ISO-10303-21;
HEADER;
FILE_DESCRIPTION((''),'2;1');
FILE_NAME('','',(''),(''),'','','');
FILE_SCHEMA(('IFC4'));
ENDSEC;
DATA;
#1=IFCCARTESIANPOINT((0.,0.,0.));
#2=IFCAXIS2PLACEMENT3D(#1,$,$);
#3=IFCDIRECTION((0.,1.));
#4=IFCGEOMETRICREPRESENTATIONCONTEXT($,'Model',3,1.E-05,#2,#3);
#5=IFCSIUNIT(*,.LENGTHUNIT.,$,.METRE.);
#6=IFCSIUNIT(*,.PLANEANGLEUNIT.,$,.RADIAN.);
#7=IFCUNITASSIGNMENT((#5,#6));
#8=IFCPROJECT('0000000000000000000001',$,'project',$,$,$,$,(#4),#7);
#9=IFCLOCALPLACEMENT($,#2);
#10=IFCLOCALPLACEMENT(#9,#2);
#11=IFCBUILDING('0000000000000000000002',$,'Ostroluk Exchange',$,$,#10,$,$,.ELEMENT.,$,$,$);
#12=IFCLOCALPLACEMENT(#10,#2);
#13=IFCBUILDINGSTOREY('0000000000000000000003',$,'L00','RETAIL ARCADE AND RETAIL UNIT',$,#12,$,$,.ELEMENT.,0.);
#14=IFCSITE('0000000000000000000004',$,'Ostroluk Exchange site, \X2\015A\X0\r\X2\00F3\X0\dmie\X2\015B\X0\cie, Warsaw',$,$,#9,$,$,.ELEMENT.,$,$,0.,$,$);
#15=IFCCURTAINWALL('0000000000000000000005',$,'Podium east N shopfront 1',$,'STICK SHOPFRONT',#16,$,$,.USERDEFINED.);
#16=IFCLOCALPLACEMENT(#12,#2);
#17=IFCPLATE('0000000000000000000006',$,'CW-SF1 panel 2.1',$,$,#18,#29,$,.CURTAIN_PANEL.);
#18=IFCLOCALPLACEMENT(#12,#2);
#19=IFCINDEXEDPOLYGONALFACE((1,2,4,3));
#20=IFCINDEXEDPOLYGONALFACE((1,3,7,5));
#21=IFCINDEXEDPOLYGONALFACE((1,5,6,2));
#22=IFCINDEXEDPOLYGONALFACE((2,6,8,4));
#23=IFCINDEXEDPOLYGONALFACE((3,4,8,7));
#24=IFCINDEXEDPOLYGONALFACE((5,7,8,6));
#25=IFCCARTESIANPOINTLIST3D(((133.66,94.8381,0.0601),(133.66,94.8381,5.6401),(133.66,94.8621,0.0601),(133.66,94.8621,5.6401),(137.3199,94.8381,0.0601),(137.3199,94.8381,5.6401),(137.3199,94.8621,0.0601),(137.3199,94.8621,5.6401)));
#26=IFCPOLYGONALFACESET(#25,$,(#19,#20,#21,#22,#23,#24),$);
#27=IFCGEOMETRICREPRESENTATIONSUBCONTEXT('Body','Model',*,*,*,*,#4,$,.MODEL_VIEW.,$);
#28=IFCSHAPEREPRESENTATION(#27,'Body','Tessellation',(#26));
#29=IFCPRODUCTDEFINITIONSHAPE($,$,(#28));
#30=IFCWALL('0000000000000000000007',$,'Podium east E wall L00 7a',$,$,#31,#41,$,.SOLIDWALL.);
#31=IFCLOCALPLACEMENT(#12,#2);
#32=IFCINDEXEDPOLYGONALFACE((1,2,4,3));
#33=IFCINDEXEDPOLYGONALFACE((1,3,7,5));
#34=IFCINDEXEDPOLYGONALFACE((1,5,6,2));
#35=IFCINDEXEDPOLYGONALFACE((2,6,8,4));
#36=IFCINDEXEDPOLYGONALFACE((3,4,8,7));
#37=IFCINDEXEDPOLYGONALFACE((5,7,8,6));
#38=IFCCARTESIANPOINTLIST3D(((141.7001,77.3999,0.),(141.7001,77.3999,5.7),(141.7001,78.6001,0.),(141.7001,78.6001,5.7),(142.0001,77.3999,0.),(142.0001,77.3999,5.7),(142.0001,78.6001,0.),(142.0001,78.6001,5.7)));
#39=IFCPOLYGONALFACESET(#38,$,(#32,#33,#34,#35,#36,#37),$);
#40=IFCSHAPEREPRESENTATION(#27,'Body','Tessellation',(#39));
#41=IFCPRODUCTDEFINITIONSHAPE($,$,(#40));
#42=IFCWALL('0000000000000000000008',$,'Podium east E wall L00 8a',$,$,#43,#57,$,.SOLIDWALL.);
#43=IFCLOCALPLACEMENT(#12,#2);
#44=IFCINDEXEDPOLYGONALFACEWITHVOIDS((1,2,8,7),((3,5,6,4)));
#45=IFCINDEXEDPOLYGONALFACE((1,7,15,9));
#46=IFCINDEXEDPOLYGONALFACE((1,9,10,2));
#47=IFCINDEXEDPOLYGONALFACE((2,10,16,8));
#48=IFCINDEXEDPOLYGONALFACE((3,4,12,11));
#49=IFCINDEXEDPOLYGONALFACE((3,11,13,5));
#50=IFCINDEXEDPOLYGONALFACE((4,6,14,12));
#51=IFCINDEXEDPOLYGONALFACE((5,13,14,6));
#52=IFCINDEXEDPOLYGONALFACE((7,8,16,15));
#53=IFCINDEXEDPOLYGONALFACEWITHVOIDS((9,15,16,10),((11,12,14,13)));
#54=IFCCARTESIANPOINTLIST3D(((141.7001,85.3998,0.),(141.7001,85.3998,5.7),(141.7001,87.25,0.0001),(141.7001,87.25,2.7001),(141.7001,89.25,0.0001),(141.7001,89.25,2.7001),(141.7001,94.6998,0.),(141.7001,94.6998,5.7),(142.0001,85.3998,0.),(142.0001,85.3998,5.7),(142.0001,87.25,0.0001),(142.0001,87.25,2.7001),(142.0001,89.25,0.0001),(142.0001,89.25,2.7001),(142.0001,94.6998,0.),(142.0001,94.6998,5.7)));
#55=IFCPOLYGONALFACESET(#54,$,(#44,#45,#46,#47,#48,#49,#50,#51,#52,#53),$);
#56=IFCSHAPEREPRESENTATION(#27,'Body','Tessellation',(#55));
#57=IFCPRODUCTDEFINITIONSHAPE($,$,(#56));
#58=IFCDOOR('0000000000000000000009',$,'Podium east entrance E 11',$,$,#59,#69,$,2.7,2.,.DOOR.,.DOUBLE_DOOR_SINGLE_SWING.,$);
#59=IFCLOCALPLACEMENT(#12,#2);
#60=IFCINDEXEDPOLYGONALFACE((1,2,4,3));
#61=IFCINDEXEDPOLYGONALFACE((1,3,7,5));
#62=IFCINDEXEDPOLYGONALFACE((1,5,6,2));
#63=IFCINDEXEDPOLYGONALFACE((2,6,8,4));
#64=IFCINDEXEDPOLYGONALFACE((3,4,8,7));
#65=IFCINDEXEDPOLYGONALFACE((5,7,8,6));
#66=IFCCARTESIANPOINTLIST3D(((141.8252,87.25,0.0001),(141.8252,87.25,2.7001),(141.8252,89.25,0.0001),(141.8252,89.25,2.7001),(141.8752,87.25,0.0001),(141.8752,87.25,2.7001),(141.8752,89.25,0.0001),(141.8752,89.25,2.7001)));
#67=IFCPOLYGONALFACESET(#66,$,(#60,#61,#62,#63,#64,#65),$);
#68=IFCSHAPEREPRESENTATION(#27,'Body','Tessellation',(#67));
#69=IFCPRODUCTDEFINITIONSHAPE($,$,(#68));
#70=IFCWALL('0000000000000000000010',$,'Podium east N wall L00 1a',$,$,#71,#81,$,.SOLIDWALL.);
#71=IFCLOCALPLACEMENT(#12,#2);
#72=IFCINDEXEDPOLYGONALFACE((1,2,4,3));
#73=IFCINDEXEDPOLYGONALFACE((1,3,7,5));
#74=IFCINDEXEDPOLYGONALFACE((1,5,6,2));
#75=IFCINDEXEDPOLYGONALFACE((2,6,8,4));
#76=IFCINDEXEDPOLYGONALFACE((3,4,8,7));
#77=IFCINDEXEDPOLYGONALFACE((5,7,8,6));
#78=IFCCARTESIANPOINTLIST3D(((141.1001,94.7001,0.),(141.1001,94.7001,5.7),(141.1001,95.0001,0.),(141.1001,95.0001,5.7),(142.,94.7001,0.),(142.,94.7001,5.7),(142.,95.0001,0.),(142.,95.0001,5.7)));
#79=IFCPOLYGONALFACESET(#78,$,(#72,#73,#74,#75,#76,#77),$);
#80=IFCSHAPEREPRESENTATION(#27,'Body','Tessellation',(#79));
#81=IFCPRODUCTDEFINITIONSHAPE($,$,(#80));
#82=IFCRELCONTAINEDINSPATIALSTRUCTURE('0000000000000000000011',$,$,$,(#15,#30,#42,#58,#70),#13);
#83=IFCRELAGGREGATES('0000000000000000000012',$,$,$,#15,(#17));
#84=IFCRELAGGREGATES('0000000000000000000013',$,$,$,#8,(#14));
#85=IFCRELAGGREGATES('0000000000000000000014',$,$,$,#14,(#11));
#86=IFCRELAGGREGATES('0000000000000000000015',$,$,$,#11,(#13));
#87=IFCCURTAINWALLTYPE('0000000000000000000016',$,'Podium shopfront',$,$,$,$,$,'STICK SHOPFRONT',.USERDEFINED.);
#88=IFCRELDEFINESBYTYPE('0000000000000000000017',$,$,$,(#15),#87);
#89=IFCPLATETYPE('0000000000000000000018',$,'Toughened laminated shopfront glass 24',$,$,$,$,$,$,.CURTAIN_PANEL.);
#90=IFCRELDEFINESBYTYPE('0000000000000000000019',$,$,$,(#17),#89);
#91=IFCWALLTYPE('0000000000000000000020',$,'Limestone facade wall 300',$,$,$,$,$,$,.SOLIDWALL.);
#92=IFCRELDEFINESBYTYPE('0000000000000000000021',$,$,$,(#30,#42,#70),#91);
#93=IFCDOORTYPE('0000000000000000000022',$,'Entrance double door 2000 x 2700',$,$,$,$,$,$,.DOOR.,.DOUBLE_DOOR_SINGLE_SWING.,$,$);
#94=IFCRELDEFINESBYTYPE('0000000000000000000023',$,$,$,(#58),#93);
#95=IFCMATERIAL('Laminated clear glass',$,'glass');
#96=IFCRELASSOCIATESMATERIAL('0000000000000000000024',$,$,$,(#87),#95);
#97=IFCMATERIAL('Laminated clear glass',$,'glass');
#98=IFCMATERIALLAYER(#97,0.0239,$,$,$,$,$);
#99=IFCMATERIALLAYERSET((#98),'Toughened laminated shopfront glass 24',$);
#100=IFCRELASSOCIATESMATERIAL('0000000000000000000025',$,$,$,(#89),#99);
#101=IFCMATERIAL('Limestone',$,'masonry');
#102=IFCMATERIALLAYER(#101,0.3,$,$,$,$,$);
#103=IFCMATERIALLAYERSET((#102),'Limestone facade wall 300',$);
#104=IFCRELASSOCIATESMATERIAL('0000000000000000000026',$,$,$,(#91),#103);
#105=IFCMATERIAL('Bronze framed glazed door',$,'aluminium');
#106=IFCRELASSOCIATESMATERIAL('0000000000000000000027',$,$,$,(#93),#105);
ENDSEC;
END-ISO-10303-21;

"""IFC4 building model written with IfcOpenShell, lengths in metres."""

from ifc_helpers import new_model, si_unit, direction, frame, frame_2d, origin, origin_2d, place, context, subcontext, project, spatial, rectangle, extrude, material, layer, layer_set, type_object, element, fill, aggregate, save


model = new_model("IFC4")

# Units and contexts
model_context = context("Model", 3, precision=1e-05, world=origin(), true_north=direction((0.0, 1.0)))
body_context = subcontext(model_context, "Body", "Model", "MODEL_VIEW")
ifc_project = project(units=[si_unit("LENGTHUNIT", "METRE"), si_unit("PLANEANGLEUNIT", "RADIAN")], contexts=[model_context])

# Site, building, storey
site_placement = place(None, origin())
site = spatial("IfcSite", under=ifc_project, at=site_placement, Name="Ostroluk Exchange site, Śródmieście, Warsaw", CompositionType="ELEMENT", RefElevation=0.0)
building_placement = place(site_placement, origin())
building = spatial("IfcBuilding", under=site, at=building_placement, Name="Ostroluk Exchange", CompositionType="ELEMENT")
storey_placement = place(building_placement, origin())
storey = spatial("IfcBuildingStorey", under=building, at=storey_placement, Name="L00", Description="RETAIL ARCADE AND RETAIL UNIT", CompositionType="ELEMENT", Elevation=0.0)

# Curtain wall
ifc_material_1 = material(Name="Laminated clear glass", Category="glass")
curtain_wall_type = type_object("IfcCurtainWallType", Name="Podium shopfront", ElementType="STICK SHOPFRONT", PredefinedType="USERDEFINED", material=ifc_material_1)
curtain_wall_1_placement = place(storey_placement, origin())
curtain_wall_1 = element("IfcCurtainWall", 1, at=curtain_wall_1_placement, inside=storey, type_object=curtain_wall_type, Name="Podium east N shopfront 1", ObjectType="STICK SHOPFRONT", PredefinedType="USERDEFINED")

# Plate
ifc_material_2 = material(Name="Laminated clear glass", Category="glass")
ifc_layer_1 = layer(ifc_material_2, 0.0239)
ifc_layer_set_1 = layer_set([ifc_layer_1], Name="Toughened laminated shopfront glass 24")
plate_type_1 = type_object("IfcPlateType", Name="Toughened laminated shopfront glass 24", PredefinedType="CURTAIN_PANEL", material=ifc_layer_set_1)
plate_1_placement = place(storey_placement, frame((135.49, 94.8501, 0.0601), z_axis=(0.0, 0.0, 1.0), x_axis=(-1.0, 0.0, 0.0)))
plate_1 = element("IfcPlate", 2, at=plate_1_placement, type_object=plate_type_1, Name="CW-SF1 panel 2.1", PredefinedType="CURTAIN_PANEL", context=body_context, shape_type="SweptSolid", body=[
    extrude(rectangle(XDim=3.6599, YDim=0.0239, at=origin_2d()), origin(), (0.0, 0.0, 1.0), 5.5801),
])
aggregate(curtain_wall_1, [plate_1])

# Wall
ifc_material_3 = material(Name="Limestone", Category="masonry")
ifc_layer_2 = layer(ifc_material_3, 0.3)
ifc_layer_set_2 = layer_set([ifc_layer_2], Name="Limestone facade wall 300")
wall_type = type_object("IfcWallType", Name="Limestone facade wall 300", PredefinedType="SOLIDWALL", material=ifc_layer_set_2)
wall_1_placement = place(storey_placement, frame((141.8501, 77.3999, 0.0), z_axis=(0.0, 0.0, 1.0), x_axis=(0.0, 1.0, 0.0)))
element("IfcWall", 3, at=wall_1_placement, inside=storey, type_object=wall_type, Name="Podium east E wall L00 7a", PredefinedType="SOLIDWALL", context=body_context, shape_type="SweptSolid", body=[
    extrude(rectangle(XDim=1.2002, YDim=0.3, at=frame_2d((0.6001, 0.0))), origin(), (0.0, 0.0, 1.0), 5.7),
])

# Wall, opening, door
wall_2_placement = place(storey_placement, frame((141.8501, 85.3999, 0.0), z_axis=(0.0, 0.0, 1.0), x_axis=(0.0, 1.0, 0.0)))
wall_2 = element("IfcWall", 4, at=wall_2_placement, inside=storey, type_object=wall_type, Name="Podium east E wall L00 8a", PredefinedType="SOLIDWALL", context=body_context, shape_type="SweptSolid", body=[
    extrude(rectangle(XDim=9.3, YDim=0.3, at=frame_2d((4.6499, 0.0))), origin(), (0.0, 0.0, 1.0), 5.7),
])
opening_placement = place(wall_2_placement, frame((1.8501, 0.0, 0.0)))
opening = element("IfcOpeningElement", 5, at=opening_placement, cuts=wall_2, PredefinedType="OPENING", context=body_context, shape_type="SweptSolid", body=[
    extrude(rectangle(XDim=2.0, YDim=2.7, at=frame_2d((1.0, 1.3501))), frame((0.0, 0.1599, 0.0), z_axis=(0.0, -1.0, 0.0), x_axis=(1.0, 0.0, 0.0)), (0.0, 0.0, 1.0), 0.3201),
])
ifc_material_4 = material(Name="Bronze framed glazed door", Category="aluminium")
door_type = type_object("IfcDoorType", Name="Entrance double door 2000 x 2700", OperationType="DOUBLE_DOOR_SINGLE_SWING", PredefinedType="DOOR", material=ifc_material_4)
door_placement = place(opening_placement, origin())
door = element("IfcDoor", 6, at=door_placement, inside=storey, type_object=door_type, Name="Podium east entrance E 11", OperationType="DOUBLE_DOOR_SINGLE_SWING", OverallHeight=2.7, OverallWidth=2.0, PredefinedType="DOOR", context=body_context, shape_type="SweptSolid", body=[
    extrude(rectangle(XDim=2.0, YDim=2.7, at=frame_2d((1.0, 1.3501))), frame((0.0, 0.0249, 0.0), z_axis=(0.0, -1.0, 0.0), x_axis=(1.0, 0.0, 0.0)), (0.0, 0.0, 1.0), 0.05),
])
fill(opening, door)

# Wall
wall_3_placement = place(storey_placement, frame((142.0, 94.8501, 0.0), z_axis=(0.0, 0.0, 1.0), x_axis=(-1.0, 0.0, 0.0)))
element("IfcWall", 7, at=wall_3_placement, inside=storey, type_object=wall_type, Name="Podium east N wall L00 1a", PredefinedType="SOLIDWALL", context=body_context, shape_type="SweptSolid", body=[
    extrude(rectangle(XDim=0.8999, YDim=0.3, at=frame_2d((0.45, 0.0))), origin(), (0.0, 0.0, 1.0), 5.7),
])

save(model, "model.ifc")
